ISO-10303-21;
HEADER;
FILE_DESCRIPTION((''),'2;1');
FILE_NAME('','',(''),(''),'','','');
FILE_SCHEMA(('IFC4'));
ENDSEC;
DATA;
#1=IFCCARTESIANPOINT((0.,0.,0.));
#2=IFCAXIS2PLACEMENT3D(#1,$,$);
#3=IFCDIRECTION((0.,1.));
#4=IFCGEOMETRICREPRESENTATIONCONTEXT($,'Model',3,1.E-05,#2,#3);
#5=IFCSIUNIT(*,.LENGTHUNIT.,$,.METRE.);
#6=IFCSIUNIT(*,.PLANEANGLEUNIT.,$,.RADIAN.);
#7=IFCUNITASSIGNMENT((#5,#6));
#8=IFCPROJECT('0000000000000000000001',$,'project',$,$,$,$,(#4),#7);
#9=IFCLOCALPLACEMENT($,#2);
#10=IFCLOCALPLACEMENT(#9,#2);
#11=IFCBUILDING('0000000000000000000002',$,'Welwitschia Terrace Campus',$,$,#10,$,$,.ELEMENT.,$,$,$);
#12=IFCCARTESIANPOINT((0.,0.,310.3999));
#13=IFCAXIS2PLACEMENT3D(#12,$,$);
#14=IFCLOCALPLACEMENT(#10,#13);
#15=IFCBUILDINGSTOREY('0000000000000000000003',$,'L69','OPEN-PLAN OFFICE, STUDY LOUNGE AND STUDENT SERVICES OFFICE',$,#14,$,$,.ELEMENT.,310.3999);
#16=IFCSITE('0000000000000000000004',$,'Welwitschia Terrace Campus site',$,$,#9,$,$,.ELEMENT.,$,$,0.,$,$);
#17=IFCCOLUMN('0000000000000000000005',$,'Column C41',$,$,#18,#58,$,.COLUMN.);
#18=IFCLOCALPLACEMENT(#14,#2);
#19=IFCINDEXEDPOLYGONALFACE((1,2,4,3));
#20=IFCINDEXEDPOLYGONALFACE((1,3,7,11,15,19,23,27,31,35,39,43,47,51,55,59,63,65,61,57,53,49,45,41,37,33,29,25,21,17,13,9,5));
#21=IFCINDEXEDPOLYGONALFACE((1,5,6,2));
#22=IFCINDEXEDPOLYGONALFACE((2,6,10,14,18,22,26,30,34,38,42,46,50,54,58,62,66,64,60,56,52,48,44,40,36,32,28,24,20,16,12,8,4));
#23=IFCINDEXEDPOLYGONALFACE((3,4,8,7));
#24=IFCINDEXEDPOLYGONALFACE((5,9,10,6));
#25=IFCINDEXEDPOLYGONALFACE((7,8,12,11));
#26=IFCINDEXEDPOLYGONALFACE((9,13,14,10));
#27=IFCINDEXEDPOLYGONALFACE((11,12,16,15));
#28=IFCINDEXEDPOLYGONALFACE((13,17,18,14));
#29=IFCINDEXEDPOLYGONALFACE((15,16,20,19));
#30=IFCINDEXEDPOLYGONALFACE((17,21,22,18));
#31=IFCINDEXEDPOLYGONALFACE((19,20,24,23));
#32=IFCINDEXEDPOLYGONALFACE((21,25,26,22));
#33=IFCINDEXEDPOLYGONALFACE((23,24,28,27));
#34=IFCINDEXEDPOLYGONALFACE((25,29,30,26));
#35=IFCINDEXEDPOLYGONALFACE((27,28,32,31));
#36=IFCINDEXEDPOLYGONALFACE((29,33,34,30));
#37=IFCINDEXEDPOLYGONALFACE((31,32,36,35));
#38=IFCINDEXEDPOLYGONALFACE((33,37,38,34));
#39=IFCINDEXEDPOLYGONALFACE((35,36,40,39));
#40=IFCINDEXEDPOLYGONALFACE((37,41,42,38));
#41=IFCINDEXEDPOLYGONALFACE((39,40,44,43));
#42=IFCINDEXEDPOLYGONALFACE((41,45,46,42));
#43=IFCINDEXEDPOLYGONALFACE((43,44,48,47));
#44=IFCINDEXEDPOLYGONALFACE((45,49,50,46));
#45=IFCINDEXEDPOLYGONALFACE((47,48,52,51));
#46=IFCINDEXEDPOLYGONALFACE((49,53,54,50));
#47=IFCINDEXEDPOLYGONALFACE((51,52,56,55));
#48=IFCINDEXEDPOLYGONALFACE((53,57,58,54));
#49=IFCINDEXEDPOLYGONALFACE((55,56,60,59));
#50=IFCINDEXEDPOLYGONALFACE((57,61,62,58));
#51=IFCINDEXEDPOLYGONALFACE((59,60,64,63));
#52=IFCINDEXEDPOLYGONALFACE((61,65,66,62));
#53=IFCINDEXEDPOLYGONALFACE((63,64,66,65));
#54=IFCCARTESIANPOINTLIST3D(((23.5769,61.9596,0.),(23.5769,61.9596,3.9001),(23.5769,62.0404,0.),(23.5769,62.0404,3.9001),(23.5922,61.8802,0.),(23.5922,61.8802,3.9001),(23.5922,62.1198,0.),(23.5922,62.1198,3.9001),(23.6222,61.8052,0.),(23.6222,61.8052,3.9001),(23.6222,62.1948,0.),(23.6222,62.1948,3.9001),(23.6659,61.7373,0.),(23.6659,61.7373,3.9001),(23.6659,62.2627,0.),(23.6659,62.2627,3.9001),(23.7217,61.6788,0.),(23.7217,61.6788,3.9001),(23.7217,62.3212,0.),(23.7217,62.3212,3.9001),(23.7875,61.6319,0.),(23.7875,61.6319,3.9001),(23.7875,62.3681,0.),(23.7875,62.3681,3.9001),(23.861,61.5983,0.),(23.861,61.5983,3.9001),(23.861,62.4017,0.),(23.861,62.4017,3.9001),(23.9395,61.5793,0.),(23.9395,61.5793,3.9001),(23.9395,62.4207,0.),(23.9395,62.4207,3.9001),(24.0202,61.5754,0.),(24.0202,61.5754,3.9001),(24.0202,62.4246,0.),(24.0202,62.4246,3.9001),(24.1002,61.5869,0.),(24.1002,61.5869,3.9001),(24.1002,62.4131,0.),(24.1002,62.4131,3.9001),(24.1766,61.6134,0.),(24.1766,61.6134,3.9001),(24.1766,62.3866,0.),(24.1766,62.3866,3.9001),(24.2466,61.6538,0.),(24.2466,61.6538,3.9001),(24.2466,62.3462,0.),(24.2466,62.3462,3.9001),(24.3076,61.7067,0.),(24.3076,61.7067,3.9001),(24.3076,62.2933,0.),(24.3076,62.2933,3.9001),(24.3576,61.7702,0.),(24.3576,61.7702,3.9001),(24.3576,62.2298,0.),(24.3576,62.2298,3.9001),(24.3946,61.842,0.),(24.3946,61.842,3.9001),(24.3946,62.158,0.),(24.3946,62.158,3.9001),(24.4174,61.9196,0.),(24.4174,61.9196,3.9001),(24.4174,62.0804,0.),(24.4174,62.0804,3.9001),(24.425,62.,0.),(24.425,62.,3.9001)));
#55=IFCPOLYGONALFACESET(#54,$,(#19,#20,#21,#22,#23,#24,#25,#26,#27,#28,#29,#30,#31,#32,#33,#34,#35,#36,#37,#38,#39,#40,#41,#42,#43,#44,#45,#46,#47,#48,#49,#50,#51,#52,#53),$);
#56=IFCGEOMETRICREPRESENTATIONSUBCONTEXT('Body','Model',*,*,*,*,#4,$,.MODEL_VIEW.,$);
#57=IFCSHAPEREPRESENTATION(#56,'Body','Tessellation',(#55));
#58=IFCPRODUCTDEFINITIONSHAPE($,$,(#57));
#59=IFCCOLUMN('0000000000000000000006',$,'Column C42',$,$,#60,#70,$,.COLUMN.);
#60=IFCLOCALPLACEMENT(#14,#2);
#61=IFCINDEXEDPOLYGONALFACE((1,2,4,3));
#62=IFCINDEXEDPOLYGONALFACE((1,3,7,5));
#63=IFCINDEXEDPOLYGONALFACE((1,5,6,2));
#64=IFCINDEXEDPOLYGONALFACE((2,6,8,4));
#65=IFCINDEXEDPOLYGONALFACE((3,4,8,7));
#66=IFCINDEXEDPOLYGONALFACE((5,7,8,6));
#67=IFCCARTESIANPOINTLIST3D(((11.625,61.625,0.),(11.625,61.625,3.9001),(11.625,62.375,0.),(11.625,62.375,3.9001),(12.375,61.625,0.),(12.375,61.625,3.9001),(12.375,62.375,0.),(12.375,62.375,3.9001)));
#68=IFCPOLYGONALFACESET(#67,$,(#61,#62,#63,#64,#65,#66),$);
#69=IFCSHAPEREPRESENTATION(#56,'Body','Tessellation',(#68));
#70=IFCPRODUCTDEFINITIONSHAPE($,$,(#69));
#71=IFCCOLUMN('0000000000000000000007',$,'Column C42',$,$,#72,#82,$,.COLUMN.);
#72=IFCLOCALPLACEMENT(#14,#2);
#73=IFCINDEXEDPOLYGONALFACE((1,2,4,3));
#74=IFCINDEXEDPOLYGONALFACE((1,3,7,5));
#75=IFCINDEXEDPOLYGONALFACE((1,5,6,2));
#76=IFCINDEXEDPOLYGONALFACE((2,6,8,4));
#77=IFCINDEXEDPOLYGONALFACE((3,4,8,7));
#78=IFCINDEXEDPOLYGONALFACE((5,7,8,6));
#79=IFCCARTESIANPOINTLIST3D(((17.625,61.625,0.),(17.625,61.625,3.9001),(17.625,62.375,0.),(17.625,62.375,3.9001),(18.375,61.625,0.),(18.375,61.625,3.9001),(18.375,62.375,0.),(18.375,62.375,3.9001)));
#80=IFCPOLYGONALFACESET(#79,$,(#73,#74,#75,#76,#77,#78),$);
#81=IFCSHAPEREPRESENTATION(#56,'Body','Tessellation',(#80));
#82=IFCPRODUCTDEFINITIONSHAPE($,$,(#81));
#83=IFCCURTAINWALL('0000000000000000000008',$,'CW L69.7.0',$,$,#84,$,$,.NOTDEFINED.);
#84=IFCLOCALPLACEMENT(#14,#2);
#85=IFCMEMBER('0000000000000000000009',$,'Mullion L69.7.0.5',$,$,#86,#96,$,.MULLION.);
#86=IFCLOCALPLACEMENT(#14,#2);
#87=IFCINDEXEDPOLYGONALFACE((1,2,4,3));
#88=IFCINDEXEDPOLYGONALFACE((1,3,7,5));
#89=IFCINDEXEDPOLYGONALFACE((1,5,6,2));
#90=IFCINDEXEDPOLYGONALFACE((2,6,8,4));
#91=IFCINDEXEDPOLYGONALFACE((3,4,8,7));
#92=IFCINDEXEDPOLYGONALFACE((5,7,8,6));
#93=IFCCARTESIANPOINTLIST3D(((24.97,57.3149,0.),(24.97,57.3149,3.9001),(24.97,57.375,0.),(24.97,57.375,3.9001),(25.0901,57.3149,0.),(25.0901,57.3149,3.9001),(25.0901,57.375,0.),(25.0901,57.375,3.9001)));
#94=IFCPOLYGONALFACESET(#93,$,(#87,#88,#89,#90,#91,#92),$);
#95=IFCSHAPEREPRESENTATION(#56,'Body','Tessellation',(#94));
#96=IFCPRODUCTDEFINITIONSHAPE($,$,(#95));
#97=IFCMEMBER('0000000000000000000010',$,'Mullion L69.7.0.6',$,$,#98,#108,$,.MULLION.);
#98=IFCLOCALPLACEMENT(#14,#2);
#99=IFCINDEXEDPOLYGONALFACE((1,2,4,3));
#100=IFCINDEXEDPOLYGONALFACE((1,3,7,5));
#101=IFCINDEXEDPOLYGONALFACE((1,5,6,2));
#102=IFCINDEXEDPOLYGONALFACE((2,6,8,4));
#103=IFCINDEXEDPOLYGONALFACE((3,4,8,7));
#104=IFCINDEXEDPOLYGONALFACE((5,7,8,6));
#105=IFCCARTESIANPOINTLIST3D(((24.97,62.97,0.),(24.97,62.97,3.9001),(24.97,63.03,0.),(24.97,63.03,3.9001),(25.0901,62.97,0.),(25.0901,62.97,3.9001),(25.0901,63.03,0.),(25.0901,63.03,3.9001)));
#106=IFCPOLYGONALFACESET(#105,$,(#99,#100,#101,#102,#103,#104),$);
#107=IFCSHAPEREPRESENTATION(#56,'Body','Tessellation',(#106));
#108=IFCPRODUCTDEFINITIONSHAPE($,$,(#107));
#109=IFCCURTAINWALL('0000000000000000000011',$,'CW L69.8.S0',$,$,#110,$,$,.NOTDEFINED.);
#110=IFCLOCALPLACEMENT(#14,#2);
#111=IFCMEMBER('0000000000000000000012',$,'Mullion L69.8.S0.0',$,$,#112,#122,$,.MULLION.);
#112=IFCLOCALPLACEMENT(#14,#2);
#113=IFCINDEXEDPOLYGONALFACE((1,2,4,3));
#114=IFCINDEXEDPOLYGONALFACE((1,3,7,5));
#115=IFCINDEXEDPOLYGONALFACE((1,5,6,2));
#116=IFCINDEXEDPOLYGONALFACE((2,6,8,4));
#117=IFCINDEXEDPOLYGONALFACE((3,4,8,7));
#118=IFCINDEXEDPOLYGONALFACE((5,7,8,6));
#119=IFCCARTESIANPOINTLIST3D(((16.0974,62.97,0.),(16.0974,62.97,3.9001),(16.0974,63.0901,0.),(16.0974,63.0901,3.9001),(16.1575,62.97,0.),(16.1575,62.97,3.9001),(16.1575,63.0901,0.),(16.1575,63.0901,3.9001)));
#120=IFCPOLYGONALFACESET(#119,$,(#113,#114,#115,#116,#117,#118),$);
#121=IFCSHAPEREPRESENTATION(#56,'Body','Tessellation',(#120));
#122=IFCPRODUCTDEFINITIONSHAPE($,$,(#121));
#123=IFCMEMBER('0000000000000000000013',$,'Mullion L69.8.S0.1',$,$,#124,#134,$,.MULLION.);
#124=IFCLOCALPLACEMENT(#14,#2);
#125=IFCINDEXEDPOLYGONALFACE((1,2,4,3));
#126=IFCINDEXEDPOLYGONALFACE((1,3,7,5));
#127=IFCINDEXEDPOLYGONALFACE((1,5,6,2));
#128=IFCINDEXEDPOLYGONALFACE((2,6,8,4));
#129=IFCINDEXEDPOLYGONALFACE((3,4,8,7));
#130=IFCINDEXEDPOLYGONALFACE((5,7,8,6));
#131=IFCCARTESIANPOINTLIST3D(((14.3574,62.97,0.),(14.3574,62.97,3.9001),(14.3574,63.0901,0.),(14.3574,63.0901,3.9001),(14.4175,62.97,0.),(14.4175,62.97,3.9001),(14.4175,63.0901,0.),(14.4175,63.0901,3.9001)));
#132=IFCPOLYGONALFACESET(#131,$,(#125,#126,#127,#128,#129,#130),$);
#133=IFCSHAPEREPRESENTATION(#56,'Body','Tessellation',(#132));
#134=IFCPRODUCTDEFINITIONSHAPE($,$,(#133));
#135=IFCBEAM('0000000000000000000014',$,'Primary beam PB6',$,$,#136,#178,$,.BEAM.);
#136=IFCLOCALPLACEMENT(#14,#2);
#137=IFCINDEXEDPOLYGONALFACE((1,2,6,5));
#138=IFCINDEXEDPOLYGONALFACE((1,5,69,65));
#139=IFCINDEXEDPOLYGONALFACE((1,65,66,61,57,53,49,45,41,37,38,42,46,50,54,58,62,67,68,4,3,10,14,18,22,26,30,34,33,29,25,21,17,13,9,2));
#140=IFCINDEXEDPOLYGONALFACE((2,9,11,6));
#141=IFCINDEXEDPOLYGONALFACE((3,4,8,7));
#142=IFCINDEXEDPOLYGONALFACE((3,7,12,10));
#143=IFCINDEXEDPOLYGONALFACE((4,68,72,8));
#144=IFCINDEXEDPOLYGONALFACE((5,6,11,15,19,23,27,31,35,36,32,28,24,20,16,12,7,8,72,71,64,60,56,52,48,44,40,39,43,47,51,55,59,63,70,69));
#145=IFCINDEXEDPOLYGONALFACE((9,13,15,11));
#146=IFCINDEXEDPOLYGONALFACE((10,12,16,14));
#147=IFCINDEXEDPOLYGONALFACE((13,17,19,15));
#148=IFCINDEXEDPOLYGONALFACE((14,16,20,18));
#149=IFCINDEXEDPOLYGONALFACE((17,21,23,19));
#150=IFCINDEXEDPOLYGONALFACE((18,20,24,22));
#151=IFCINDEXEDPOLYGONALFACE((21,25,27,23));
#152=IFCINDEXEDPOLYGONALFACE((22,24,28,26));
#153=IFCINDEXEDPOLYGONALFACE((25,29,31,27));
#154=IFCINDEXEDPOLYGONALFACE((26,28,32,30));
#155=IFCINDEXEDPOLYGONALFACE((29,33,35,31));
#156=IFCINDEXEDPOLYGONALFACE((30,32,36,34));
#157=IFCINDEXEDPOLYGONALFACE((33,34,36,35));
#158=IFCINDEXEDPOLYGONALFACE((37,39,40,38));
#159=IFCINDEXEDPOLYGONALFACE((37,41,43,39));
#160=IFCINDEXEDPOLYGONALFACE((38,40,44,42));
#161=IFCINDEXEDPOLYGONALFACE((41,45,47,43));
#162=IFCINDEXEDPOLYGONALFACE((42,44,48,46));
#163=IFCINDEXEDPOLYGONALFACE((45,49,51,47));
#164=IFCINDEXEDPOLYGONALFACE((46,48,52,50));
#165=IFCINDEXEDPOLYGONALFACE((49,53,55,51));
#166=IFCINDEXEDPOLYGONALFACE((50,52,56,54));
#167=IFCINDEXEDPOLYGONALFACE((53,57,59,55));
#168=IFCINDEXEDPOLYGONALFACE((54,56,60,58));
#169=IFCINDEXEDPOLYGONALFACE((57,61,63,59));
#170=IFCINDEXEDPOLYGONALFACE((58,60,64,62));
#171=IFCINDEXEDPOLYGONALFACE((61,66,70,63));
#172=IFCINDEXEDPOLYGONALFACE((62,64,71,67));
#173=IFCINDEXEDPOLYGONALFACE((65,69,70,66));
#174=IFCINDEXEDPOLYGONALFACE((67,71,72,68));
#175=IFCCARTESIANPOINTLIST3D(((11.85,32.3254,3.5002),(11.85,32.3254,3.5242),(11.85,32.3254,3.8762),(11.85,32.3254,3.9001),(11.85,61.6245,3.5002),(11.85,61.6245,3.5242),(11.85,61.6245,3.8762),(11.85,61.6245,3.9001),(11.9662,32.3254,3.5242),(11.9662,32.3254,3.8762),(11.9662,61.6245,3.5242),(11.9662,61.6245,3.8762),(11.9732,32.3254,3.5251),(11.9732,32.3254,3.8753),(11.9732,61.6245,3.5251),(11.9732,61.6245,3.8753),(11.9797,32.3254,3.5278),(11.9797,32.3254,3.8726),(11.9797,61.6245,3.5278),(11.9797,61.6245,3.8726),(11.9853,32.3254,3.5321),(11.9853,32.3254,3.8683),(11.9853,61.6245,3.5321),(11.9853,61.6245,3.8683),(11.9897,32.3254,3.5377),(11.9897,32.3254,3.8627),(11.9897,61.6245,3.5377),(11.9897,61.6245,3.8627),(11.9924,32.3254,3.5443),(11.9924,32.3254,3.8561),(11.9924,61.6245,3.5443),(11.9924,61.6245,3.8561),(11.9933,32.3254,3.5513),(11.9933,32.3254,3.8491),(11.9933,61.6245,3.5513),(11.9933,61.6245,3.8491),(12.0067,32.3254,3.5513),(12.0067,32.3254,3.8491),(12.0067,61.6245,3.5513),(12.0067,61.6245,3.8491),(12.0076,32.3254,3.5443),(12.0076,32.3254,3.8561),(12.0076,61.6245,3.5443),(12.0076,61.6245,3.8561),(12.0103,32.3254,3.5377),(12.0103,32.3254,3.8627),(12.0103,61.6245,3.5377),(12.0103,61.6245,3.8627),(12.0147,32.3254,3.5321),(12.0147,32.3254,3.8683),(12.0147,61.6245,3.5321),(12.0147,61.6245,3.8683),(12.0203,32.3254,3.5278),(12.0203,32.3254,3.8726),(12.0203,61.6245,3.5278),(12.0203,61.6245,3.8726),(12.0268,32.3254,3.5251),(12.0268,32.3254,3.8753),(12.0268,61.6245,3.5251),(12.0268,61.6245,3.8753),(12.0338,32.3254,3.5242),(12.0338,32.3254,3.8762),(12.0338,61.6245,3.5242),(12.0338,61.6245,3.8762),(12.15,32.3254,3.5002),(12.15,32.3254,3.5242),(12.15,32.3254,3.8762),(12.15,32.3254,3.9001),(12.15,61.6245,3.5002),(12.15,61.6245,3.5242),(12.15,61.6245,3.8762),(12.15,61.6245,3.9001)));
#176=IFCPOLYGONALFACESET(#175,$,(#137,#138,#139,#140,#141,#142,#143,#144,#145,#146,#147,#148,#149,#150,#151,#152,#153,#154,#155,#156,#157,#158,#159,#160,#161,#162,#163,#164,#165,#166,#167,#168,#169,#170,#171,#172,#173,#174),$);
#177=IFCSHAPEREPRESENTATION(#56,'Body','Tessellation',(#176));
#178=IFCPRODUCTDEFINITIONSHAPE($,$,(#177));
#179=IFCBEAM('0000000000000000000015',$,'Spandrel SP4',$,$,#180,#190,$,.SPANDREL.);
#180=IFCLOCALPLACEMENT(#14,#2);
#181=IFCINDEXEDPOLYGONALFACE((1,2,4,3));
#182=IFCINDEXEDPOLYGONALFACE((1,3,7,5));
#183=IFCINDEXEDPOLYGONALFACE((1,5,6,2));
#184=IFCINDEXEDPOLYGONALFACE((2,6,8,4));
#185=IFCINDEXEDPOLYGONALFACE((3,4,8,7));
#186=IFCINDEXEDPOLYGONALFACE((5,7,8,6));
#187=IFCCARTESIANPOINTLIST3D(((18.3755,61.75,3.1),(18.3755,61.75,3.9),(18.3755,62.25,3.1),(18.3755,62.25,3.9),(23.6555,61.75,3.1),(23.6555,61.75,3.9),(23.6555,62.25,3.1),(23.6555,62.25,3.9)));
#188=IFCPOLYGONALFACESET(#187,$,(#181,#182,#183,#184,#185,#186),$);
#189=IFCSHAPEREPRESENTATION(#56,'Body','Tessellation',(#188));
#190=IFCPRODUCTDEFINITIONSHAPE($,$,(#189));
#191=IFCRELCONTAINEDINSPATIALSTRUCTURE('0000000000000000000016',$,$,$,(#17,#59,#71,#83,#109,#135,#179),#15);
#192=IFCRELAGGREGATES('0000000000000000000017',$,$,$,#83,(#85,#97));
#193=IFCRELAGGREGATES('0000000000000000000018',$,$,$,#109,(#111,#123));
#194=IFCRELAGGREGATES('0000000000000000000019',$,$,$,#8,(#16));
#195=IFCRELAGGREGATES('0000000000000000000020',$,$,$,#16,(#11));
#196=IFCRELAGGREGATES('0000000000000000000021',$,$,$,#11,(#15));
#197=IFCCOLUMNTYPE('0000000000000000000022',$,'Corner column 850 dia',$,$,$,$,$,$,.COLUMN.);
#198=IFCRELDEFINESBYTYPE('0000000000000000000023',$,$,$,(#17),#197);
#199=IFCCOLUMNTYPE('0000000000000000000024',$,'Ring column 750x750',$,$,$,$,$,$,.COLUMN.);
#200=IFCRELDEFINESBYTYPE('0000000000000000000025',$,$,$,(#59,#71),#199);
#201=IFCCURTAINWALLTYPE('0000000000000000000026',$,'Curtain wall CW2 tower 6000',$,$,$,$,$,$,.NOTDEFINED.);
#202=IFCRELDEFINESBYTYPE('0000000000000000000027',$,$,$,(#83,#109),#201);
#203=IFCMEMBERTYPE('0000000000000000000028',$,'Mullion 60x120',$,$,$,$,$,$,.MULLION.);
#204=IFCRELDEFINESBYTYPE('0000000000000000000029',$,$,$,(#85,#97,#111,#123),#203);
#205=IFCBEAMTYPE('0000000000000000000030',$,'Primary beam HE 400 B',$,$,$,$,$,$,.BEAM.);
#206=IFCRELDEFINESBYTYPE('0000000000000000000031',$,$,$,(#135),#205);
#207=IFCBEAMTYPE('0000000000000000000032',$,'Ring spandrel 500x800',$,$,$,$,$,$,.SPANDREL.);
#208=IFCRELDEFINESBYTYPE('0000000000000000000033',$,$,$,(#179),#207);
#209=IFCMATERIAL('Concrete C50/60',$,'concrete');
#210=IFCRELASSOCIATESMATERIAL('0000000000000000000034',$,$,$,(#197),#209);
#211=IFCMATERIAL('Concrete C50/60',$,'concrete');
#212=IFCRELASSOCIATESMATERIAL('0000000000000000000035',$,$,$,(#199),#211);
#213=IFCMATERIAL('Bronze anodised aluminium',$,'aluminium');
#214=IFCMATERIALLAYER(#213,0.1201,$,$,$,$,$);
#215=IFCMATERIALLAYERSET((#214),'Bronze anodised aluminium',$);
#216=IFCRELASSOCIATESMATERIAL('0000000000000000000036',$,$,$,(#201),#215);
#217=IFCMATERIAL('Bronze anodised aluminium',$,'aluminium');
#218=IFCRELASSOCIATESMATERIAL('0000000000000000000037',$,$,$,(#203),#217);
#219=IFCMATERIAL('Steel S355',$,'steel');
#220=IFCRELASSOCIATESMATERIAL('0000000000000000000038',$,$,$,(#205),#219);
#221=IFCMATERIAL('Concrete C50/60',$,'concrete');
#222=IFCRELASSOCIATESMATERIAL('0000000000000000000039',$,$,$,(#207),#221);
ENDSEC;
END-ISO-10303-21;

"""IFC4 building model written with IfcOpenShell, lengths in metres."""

from ifc_helpers import new_model, si_unit, direction, frame, origin, origin_2d, place, context, subcontext, project, spatial, rectangle, circle, i_section, extrude, material, layer, layer_set, material_profile, profile_set, type_object, element, aggregate, save


model = new_model("IFC4")

# Units and contexts
model_context = context("Model", 3, precision=1e-05, world=origin(), true_north=direction((0.0, 1.0)))
body_context = subcontext(model_context, "Body", "Model", "MODEL_VIEW")
ifc_project = project(units=[si_unit("LENGTHUNIT", "METRE"), si_unit("PLANEANGLEUNIT", "RADIAN")], contexts=[model_context])

# Site, building, storey
site_placement = place(None, origin())
site = spatial("IfcSite", under=ifc_project, at=site_placement, Name="Welwitschia Terrace Campus site", CompositionType="ELEMENT", RefElevation=0.0)
building_placement = place(site_placement, origin())
building = spatial("IfcBuilding", under=site, at=building_placement, Name="Welwitschia Terrace Campus", CompositionType="ELEMENT")
storey_placement = place(building_placement, frame((0.0, 0.0, 310.3999)))
storey = spatial("IfcBuildingStorey", under=building, at=storey_placement, Name="L69", Description="OPEN-PLAN OFFICE, STUDY LOUNGE AND STUDENT SERVICES OFFICE", CompositionType="ELEMENT", Elevation=310.3999)

# Columns
ifc_material_1 = material(Name="Concrete C50/60", Category="concrete")
ifc_material_profile_1 = material_profile(ifc_material_1, circle(Radius=0.425, at=origin_2d()))
ifc_profile_set_1 = profile_set([ifc_material_profile_1], Name="Concrete C50/60")
column_type_1 = type_object("IfcColumnType", Name="Corner column 850 dia", PredefinedType="COLUMN", material=ifc_profile_set_1)
column_placement = place(storey_placement, frame((24.0, 62.0, 0.0), z_axis=(0.0, 0.0, 1.0), x_axis=(1.0, 0.0, 0.0)))
element("IfcColumn", 1, at=column_placement, inside=storey, type_object=column_type_1, Name="Column C41", PredefinedType="COLUMN", context=body_context, shape_type="SweptSolid", body=[
    extrude(circle(Radius=0.425, at=origin_2d()), origin(), (0.0, 0.0, 1.0), 3.9001),
])
ifc_material_2 = material(Name="Concrete C50/60", Category="concrete")
ifc_material_profile_2 = material_profile(ifc_material_2, rectangle(XDim=0.75, YDim=0.75, at=origin_2d()))
ifc_profile_set_2 = profile_set([ifc_material_profile_2], Name="Concrete C50/60")
column_type_2 = type_object("IfcColumnType", Name="Ring column 750x750", PredefinedType="COLUMN", material=ifc_profile_set_2)
for number, where, z_axis, x_axis, name in (
    (2, (12.0, 62.0, 0.0), (0.0, 0.0, 1.0), (1.0, 0.0, 0.0), "Column C42"),
    (3, (18.0, 62.0, 0.0), (0.0, 0.0, 1.0), (1.0, 0.0, 0.0), "Column C42"),
):
    element("IfcColumn", number, at=place(storey_placement, frame(where, z_axis=z_axis, x_axis=x_axis)), inside=storey, type_object=column_type_2, Name=name, PredefinedType="COLUMN", context=body_context, shape_type="SweptSolid", body=[
        extrude(rectangle(XDim=0.75, YDim=0.75, at=origin_2d()), origin(), (0.0, 0.0, 1.0), 3.9001),
    ])

# Curtain walls, members
ifc_material_3 = material(Name="Bronze anodised aluminium", Category="aluminium")
ifc_layer_1 = layer(ifc_material_3, 0.1201)
ifc_layer_set_1 = layer_set([ifc_layer_1], Name="Bronze anodised aluminium")
curtain_wall_type = type_object("IfcCurtainWallType", Name="Curtain wall CW2 tower 6000", PredefinedType="NOTDEFINED", material=ifc_layer_set_1)
curtain_wall_1_placement = place(storey_placement, origin())
curtain_wall_1 = element("IfcCurtainWall", 4, at=curtain_wall_1_placement, inside=storey, type_object=curtain_wall_type, Name="CW L69.7.0", PredefinedType="NOTDEFINED")
ifc_material_4 = material(Name="Bronze anodised aluminium", Category="aluminium")
ifc_material_profile_3 = material_profile(ifc_material_4, rectangle(XDim=0.1201, YDim=0.0601, at=origin_2d()))
ifc_profile_set_3 = profile_set([ifc_material_profile_3], Name="Bronze anodised aluminium")
member_type_1 = type_object("IfcMemberType", Name="Mullion 60x120", PredefinedType="MULLION", material=ifc_profile_set_3)
member_1_placement = place(storey_placement, frame((25.03, 57.345, 0.0), z_axis=(0.0, 0.0, 1.0), x_axis=(-1.0, 0.0, 0.0)))
member_1 = element("IfcMember", 5, at=member_1_placement, type_object=member_type_1, Name="Mullion L69.7.0.5", PredefinedType="MULLION", context=body_context, shape_type="SweptSolid", body=[
    extrude(rectangle(XDim=0.1201, YDim=0.0601, at=origin_2d()), origin(), (0.0, 0.0, 1.0), 3.9001),
])
member_2_placement = place(storey_placement, frame((25.03, 63.0, 0.0), z_axis=(0.0, 0.0, 1.0), x_axis=(-1.0, 0.0, 0.0)))
member_2 = element("IfcMember", 6, at=member_2_placement, type_object=member_type_1, Name="Mullion L69.7.0.6", PredefinedType="MULLION", context=body_context, shape_type="SweptSolid", body=[
    extrude(rectangle(XDim=0.1201, YDim=0.0601, at=origin_2d()), origin(), (0.0, 0.0, 1.0), 3.9001),
])
curtain_wall_2_placement = place(storey_placement, origin())
curtain_wall_2 = element("IfcCurtainWall", 7, at=curtain_wall_2_placement, inside=storey, type_object=curtain_wall_type, Name="CW L69.8.S0", PredefinedType="NOTDEFINED")
member_3_placement = place(storey_placement, frame((16.1274, 63.03, 0.0), z_axis=(0.0, 0.0, 1.0), x_axis=(0.0, -1.0, 0.0)))
member_3 = element("IfcMember", 8, at=member_3_placement, type_object=member_type_1, Name="Mullion L69.8.S0.0", PredefinedType="MULLION", context=body_context, shape_type="SweptSolid", body=[
    extrude(rectangle(XDim=0.1201, YDim=0.0601, at=origin_2d()), origin(), (0.0, 0.0, 1.0), 3.9001),
])
member_4_placement = place(storey_placement, frame((14.3875, 63.03, 0.0), z_axis=(0.0, 0.0, 1.0), x_axis=(0.0, -1.0, 0.0)))
member_4 = element("IfcMember", 9, at=member_4_placement, type_object=member_type_1, Name="Mullion L69.8.S0.1", PredefinedType="MULLION", context=body_context, shape_type="SweptSolid", body=[
    extrude(rectangle(XDim=0.1201, YDim=0.0601, at=origin_2d()), origin(), (0.0, 0.0, 1.0), 3.9001),
])

# Beams
ifc_material_5 = material(Name="Steel S355", Category="steel")
ifc_material_profile_4 = material_profile(ifc_material_5, i_section(OverallWidth=0.3, OverallDepth=0.3999, WebThickness=0.0134, FlangeThickness=0.0239, FilletRadius=0.0271, at=origin_2d()))
ifc_profile_set_4 = profile_set([ifc_material_profile_4], Name="Steel S355")
beam_type_1 = type_object("IfcBeamType", Name="Primary beam HE 400 B", PredefinedType="BEAM", material=ifc_profile_set_4)
beam_1_placement = place(storey_placement, frame((12.0, 61.6245, 3.7002), z_axis=(0.0, -1.0, 0.0), x_axis=(1.0, 0.0, 0.0)))
element("IfcBeam", 10, at=beam_1_placement, inside=storey, type_object=beam_type_1, Name="Primary beam PB6", PredefinedType="BEAM", context=body_context, shape_type="SweptSolid", body=[
    extrude(i_section(OverallWidth=0.3, OverallDepth=0.3999, WebThickness=0.0134, FlangeThickness=0.0239, FilletRadius=0.0271, at=origin_2d()), origin(), (0.0, 0.0, 1.0), 29.2991),
])
ifc_material_6 = material(Name="Concrete C50/60", Category="concrete")
ifc_material_profile_5 = material_profile(ifc_material_6, rectangle(XDim=0.5, YDim=0.8, at=origin_2d()))
ifc_profile_set_5 = profile_set([ifc_material_profile_5], Name="Concrete C50/60")
beam_type_2 = type_object("IfcBeamType", Name="Ring spandrel 500x800", PredefinedType="SPANDREL", material=ifc_profile_set_5)
beam_2_placement = place(storey_placement, frame((23.6555, 62.0, 3.5), z_axis=(-1.0, 0.0, 0.0), x_axis=(0.0, -1.0, 0.0)))
element("IfcBeam", 11, at=beam_2_placement, inside=storey, type_object=beam_type_2, Name="Spandrel SP4", PredefinedType="SPANDREL", context=body_context, shape_type="SweptSolid", body=[
    extrude(rectangle(XDim=0.5, YDim=0.8, at=origin_2d()), origin(), (0.0, 0.0, 1.0), 5.28),
])

aggregate(curtain_wall_1, [member_1, member_2])
aggregate(curtain_wall_2, [member_3, member_4])

save(model, "model.ifc")
